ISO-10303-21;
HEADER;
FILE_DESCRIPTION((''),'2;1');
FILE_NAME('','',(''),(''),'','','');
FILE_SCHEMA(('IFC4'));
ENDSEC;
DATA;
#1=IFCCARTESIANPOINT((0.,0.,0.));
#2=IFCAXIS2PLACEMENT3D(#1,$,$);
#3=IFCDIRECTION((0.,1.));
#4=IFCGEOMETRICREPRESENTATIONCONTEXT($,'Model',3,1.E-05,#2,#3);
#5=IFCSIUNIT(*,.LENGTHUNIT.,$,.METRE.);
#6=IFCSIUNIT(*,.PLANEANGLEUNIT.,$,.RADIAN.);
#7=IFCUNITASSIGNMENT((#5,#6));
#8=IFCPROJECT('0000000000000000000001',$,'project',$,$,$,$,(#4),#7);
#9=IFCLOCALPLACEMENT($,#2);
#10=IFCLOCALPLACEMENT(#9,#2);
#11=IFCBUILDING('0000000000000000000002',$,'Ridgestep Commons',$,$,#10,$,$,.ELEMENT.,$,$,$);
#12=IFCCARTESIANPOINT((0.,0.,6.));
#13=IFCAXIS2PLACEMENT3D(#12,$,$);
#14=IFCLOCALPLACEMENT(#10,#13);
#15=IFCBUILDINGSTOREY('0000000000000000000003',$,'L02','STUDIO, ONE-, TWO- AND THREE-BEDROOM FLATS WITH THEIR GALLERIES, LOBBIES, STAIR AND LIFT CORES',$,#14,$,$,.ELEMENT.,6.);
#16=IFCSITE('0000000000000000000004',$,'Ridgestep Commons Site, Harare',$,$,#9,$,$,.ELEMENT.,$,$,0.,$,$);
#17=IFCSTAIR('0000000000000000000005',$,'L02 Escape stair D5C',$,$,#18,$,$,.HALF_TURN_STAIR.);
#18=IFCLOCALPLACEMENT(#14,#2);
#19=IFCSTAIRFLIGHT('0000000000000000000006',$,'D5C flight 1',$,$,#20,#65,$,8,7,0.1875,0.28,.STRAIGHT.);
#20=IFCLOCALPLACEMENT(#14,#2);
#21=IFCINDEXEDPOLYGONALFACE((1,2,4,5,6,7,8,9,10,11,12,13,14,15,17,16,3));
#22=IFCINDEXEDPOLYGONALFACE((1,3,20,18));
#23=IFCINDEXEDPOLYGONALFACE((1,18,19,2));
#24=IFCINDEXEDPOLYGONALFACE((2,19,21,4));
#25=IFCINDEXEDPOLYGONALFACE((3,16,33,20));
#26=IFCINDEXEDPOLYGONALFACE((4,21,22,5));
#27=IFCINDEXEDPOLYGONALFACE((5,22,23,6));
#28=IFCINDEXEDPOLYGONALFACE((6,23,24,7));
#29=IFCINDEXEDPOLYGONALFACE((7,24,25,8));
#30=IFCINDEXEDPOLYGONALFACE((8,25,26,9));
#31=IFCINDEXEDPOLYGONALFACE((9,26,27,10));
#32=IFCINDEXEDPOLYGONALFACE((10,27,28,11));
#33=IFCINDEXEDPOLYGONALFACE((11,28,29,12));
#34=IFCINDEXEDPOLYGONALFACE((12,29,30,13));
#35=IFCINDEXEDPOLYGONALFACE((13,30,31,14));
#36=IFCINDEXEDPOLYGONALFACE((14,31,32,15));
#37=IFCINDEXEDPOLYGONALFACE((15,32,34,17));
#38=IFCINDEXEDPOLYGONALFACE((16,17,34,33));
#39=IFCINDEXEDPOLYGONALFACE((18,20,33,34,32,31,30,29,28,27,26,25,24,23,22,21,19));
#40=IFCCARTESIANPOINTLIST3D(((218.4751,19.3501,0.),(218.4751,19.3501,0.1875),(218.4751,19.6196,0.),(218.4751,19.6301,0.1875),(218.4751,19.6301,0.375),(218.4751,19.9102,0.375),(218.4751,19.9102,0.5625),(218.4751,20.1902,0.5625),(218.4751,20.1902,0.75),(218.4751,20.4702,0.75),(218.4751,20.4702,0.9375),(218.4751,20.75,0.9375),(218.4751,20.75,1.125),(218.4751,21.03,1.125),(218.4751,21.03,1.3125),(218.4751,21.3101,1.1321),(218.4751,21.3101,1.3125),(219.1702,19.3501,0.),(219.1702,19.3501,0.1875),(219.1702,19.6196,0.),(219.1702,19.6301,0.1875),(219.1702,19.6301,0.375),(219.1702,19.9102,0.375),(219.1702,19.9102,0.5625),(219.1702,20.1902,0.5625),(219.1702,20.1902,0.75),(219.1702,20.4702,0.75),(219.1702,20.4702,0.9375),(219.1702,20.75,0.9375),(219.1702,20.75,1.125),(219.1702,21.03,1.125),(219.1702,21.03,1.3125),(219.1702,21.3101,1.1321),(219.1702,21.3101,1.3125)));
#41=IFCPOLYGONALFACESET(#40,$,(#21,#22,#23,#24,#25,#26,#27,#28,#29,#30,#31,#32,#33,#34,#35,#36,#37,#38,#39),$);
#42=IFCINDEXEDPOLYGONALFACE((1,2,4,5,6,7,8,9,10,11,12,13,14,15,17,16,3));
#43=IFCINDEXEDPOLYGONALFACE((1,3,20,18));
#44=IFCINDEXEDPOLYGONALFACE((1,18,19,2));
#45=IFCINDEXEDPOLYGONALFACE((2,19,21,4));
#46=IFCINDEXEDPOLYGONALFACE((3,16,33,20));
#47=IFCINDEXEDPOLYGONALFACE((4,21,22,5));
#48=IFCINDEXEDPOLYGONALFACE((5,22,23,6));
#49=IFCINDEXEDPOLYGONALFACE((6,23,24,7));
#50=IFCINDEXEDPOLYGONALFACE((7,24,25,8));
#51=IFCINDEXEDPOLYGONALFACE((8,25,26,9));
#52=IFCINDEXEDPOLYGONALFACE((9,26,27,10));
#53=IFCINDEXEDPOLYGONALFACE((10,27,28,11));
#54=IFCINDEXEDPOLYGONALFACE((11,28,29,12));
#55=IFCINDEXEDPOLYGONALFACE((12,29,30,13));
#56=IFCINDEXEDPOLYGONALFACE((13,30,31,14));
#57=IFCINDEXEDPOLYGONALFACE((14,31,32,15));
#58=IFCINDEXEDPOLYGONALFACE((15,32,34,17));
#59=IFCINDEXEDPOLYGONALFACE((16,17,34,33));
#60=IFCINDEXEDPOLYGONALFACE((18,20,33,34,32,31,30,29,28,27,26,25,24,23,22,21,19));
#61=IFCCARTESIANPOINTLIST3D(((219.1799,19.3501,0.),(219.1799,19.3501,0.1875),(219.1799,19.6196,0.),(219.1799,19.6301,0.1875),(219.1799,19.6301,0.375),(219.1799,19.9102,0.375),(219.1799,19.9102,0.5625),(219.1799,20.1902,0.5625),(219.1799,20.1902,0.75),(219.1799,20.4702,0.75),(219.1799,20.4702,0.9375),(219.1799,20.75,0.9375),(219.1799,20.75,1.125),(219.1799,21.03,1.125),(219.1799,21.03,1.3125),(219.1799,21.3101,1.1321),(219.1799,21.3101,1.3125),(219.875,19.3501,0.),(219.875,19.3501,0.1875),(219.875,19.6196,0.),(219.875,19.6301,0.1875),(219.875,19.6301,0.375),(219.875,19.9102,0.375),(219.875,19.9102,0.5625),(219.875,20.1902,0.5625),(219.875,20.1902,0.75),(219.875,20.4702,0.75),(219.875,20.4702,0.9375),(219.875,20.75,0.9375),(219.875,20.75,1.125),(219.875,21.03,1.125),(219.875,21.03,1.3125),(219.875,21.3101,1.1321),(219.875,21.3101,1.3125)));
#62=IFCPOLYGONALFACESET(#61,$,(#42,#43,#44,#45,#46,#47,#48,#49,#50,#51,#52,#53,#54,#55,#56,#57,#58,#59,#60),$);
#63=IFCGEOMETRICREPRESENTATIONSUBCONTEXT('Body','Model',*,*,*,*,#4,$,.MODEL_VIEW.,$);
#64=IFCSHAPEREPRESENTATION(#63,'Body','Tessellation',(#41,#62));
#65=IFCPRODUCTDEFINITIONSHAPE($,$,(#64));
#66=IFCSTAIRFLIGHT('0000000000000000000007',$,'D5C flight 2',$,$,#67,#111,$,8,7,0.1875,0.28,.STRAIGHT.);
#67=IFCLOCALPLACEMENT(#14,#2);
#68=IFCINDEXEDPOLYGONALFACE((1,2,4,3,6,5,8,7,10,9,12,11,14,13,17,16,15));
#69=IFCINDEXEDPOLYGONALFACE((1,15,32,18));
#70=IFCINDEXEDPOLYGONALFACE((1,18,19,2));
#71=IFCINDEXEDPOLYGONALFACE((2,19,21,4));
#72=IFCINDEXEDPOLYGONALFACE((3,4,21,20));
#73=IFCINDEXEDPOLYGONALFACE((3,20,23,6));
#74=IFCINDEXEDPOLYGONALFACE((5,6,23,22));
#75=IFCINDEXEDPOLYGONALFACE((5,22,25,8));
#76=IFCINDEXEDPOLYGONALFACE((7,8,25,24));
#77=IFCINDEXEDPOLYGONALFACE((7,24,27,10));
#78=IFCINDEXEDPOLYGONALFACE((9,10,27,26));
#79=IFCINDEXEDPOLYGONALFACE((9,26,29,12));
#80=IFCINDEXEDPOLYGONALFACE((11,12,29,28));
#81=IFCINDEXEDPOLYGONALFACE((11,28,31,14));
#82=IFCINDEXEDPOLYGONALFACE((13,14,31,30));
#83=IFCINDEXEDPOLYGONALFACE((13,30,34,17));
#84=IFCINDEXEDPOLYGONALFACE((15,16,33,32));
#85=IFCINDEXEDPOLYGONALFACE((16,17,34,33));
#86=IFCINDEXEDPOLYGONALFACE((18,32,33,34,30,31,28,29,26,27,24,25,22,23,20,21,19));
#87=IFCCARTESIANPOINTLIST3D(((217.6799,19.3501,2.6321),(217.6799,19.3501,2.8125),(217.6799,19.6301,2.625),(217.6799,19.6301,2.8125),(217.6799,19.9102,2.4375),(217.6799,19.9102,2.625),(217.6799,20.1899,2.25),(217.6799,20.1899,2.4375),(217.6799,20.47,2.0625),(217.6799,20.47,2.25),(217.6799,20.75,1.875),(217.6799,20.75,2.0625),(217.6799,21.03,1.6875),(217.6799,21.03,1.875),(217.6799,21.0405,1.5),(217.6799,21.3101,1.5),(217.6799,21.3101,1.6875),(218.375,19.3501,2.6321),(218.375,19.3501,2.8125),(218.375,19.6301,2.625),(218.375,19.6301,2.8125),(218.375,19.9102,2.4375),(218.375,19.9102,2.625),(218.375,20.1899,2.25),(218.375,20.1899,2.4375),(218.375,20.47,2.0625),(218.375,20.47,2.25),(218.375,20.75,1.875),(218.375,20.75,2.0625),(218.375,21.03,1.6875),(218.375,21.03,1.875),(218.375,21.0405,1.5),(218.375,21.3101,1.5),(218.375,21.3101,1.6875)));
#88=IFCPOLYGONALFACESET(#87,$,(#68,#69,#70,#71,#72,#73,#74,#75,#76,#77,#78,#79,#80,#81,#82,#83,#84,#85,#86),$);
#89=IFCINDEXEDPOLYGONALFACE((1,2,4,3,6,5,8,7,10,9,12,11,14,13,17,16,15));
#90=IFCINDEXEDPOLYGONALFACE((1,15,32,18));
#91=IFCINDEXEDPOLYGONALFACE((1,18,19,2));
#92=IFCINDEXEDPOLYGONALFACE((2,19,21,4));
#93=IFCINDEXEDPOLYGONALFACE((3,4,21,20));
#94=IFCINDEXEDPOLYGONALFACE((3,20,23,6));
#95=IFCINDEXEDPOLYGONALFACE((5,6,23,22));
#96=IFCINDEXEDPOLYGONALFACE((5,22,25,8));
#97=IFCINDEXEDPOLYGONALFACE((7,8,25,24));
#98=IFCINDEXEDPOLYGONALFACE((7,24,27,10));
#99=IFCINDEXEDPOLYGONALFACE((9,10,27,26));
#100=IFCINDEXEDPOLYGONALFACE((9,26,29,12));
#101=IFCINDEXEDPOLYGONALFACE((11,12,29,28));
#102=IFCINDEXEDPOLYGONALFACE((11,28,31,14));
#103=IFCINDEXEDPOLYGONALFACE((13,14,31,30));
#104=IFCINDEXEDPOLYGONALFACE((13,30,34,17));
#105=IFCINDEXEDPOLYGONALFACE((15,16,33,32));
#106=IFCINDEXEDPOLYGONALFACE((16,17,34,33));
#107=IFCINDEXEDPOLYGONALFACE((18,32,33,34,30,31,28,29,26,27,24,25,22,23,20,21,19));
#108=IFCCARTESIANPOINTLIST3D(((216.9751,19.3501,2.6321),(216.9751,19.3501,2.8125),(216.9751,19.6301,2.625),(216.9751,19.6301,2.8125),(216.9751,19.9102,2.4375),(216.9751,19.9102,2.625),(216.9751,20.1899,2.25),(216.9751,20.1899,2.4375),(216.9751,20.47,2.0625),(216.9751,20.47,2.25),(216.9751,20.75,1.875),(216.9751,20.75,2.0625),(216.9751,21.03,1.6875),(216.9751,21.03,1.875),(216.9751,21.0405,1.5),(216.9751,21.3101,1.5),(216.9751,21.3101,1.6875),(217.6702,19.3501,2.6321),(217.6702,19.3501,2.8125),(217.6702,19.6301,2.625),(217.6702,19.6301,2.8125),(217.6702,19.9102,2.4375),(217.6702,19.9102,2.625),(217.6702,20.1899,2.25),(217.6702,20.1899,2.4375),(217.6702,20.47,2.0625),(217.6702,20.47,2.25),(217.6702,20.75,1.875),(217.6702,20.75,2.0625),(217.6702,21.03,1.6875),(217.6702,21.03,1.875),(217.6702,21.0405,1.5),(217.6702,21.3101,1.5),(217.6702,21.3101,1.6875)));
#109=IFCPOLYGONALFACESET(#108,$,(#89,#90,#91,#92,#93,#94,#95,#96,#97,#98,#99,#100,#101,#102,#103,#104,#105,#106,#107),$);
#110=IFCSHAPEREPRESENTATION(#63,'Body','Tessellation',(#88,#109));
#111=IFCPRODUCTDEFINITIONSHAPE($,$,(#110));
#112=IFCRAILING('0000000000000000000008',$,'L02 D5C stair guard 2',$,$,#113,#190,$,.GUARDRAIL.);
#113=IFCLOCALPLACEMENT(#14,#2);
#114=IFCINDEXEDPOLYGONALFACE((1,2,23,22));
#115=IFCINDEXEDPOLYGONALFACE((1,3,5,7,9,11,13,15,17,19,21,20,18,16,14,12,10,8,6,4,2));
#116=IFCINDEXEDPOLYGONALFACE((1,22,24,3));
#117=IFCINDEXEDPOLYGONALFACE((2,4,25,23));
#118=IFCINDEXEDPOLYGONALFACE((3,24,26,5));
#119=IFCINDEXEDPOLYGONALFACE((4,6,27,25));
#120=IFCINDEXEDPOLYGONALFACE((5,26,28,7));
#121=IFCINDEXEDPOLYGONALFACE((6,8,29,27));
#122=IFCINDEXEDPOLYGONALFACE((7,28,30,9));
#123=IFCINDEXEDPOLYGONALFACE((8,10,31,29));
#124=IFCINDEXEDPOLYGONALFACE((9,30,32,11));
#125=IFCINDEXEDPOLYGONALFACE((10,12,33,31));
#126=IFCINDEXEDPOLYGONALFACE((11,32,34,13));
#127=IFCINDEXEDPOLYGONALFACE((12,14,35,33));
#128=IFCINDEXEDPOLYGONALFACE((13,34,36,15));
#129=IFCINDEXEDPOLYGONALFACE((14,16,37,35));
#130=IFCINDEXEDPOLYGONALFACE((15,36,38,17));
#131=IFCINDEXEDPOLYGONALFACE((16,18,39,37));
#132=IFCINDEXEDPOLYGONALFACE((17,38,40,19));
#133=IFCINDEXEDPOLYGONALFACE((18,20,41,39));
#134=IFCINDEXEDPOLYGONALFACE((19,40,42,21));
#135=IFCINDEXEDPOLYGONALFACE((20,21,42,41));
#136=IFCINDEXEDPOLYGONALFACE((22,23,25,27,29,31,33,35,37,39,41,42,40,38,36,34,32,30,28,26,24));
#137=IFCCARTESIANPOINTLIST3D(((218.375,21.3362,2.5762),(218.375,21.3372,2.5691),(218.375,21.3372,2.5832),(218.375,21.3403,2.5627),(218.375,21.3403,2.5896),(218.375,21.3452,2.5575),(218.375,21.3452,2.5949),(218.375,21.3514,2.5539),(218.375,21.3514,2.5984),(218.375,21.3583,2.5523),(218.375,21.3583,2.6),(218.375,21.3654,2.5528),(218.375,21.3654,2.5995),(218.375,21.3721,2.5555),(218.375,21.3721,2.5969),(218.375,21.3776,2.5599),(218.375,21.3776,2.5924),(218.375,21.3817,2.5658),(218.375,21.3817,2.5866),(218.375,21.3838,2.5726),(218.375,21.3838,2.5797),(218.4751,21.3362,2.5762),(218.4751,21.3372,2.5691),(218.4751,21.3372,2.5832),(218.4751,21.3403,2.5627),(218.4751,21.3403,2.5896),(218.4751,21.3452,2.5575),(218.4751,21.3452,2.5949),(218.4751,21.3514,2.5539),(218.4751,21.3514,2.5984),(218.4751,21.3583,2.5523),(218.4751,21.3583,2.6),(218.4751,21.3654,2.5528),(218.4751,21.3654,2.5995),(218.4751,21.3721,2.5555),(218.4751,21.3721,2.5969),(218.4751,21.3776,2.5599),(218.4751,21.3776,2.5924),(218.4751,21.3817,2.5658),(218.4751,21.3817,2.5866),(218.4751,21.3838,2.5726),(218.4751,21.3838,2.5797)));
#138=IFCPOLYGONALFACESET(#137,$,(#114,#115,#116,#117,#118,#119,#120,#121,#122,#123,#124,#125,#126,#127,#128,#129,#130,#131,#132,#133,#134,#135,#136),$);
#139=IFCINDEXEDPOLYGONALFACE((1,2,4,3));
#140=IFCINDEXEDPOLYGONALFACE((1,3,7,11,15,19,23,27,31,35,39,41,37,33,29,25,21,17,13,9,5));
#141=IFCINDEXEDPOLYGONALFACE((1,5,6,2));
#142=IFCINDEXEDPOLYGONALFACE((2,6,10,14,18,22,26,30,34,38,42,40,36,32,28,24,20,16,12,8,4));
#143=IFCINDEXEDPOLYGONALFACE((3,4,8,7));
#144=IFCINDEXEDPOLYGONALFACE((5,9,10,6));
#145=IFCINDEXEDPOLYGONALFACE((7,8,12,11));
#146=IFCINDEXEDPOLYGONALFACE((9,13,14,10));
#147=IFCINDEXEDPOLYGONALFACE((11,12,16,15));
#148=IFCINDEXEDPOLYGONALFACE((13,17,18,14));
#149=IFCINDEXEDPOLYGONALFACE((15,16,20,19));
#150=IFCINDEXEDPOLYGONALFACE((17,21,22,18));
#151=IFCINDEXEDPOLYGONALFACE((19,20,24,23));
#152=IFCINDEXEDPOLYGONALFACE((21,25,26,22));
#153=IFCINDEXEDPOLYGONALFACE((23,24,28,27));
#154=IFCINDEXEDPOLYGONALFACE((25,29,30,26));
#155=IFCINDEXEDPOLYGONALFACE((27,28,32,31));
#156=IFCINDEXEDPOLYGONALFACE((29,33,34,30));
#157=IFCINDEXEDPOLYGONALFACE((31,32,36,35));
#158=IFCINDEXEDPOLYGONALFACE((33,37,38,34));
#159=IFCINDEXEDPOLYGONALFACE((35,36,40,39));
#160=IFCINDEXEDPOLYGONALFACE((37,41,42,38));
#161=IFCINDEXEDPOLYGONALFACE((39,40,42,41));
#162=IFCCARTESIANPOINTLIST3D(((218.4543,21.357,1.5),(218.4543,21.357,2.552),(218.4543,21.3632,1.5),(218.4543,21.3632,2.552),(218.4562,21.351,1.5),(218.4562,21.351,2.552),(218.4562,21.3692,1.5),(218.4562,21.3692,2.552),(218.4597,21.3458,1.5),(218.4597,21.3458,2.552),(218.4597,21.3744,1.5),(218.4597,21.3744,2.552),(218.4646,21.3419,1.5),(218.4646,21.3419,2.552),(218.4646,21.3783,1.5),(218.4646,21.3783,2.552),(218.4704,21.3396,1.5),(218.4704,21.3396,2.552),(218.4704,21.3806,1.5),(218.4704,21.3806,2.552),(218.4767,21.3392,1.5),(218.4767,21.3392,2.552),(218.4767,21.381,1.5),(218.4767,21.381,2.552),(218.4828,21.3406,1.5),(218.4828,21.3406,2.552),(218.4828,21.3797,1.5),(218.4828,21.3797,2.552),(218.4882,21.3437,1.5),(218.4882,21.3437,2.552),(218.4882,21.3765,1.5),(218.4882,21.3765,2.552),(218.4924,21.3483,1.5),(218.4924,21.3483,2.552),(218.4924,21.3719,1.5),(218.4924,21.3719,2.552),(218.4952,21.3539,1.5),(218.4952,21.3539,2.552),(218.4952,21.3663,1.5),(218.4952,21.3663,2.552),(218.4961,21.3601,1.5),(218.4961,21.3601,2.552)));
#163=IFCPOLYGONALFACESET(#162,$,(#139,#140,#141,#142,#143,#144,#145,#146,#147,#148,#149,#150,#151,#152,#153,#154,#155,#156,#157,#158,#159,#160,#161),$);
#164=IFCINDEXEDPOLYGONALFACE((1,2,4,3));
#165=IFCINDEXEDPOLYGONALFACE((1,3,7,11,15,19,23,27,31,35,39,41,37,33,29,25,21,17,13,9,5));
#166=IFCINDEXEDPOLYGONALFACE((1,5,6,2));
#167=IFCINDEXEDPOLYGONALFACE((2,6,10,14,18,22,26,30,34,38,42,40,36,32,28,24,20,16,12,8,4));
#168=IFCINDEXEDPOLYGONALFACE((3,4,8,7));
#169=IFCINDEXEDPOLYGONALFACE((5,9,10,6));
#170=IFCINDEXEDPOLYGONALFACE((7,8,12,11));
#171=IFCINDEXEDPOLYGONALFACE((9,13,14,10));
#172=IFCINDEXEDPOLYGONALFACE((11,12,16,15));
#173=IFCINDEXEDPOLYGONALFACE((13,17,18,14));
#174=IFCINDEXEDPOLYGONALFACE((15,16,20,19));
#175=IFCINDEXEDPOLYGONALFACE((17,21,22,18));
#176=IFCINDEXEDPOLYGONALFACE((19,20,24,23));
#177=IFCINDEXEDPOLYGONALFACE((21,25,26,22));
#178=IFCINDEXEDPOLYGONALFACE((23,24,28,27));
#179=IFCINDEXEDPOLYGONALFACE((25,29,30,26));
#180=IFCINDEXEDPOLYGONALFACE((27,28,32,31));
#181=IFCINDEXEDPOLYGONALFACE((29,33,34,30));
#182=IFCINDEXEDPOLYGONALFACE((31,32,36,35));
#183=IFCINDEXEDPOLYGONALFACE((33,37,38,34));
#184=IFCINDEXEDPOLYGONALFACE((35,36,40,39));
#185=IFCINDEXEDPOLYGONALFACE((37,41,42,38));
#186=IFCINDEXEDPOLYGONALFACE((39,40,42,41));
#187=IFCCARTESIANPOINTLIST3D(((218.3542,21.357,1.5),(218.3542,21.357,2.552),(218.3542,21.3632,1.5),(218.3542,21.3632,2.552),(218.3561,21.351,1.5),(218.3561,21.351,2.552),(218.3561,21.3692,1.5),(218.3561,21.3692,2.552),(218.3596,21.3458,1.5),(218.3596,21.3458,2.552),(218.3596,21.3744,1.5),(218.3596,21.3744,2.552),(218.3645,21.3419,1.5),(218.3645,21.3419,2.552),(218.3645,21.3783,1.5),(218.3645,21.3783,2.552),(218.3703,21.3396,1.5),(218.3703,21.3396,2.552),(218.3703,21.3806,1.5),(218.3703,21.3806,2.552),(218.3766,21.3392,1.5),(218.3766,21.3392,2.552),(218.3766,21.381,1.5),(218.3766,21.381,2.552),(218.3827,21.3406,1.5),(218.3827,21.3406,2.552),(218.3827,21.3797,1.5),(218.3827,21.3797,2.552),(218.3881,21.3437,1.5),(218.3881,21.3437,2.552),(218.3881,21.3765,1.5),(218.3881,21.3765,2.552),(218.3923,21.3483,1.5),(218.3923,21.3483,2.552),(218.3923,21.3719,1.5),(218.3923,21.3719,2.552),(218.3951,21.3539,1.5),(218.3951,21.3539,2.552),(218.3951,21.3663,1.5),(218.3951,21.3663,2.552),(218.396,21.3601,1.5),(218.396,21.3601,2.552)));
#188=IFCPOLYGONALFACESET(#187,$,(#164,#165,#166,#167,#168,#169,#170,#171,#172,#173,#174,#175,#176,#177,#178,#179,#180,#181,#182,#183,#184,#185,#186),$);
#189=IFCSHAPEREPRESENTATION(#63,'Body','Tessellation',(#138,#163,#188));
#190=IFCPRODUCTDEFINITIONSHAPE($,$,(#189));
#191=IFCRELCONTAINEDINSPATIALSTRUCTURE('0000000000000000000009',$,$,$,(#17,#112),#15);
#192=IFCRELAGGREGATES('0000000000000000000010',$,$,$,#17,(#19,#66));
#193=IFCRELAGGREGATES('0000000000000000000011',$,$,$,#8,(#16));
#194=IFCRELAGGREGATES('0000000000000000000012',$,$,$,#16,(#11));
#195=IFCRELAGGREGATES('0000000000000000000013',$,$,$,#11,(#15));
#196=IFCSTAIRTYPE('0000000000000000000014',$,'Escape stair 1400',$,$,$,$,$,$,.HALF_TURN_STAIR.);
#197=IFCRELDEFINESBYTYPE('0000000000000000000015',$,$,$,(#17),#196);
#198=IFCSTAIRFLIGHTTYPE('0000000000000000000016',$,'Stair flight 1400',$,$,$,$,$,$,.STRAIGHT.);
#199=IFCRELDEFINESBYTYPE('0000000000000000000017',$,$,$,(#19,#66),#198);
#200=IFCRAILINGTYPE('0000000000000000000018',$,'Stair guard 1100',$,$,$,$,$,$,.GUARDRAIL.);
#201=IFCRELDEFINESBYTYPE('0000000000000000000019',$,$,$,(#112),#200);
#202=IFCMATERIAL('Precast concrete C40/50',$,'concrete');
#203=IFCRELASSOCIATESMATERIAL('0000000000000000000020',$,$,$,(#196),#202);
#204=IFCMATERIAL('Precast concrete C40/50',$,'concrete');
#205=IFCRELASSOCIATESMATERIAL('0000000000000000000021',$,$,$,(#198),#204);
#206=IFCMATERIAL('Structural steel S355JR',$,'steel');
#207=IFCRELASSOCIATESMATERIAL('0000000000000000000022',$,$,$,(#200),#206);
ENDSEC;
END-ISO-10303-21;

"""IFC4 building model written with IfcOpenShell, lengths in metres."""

from ifc_helpers import new_model, si_unit, direction, frame, origin, origin_2d, place, context, subcontext, project, spatial, polyline, circle, outline, extrude, material, type_object, element, aggregate, save


model = new_model("IFC4")

# Units and contexts
model_context = context("Model", 3, precision=1e-05, world=origin(), true_north=direction((0.0, 1.0)))
body_context = subcontext(model_context, "Body", "Model", "MODEL_VIEW")
ifc_project = project(units=[si_unit("LENGTHUNIT", "METRE"), si_unit("PLANEANGLEUNIT", "RADIAN")], contexts=[model_context])

# Site, building, storey
site_placement = place(None, origin())
site = spatial("IfcSite", under=ifc_project, at=site_placement, Name="Ridgestep Commons Site, Harare", CompositionType="ELEMENT", RefElevation=0.0)
building_placement = place(site_placement, origin())
building = spatial("IfcBuilding", under=site, at=building_placement, Name="Ridgestep Commons", CompositionType="ELEMENT")
storey_placement = place(building_placement, frame((0.0, 0.0, 6.0)))
storey = spatial("IfcBuildingStorey", under=building, at=storey_placement, Name="L02", Description="STUDIO, ONE-, TWO- AND THREE-BEDROOM FLATS WITH THEIR GALLERIES, LOBBIES, STAIR AND LIFT CORES", CompositionType="ELEMENT", Elevation=6.0)

# Stair, stair flights
ifc_material_1 = material(Name="Precast concrete C40/50", Category="concrete")
stair_type = type_object("IfcStairType", Name="Escape stair 1400", PredefinedType="HALF_TURN_STAIR", material=ifc_material_1)
stair_placement = place(storey_placement, origin())
stair = element("IfcStair", 1, at=stair_placement, inside=storey, type_object=stair_type, Name="L02 Escape stair D5C", PredefinedType="HALF_TURN_STAIR")
ifc_material_2 = material(Name="Precast concrete C40/50", Category="concrete")
stair_flight_type = type_object("IfcStairFlightType", Name="Stair flight 1400", PredefinedType="STRAIGHT", material=ifc_material_2)
stair_flight_1_placement = place(storey_placement, frame((219.175, 19.3501, 0.0), z_axis=(0.0, 0.0, 1.0), x_axis=(0.0, 1.0, 0.0)))
stair_flight_1 = element("IfcStairFlight", 2, at=stair_flight_1_placement, type_object=stair_flight_type, Name="D5C flight 1", NumberOfRisers=8, NumberOfTreads=7, PredefinedType="STRAIGHT", RiserHeight=0.1875, TreadLength=0.28, context=body_context, shape_type="SweptSolid", body=[
    extrude(outline(polyline([(0.0, 0.0), (0.0, 0.1875), (0.28, 0.1875), (0.28, 0.375), (0.5601, 0.375), (0.5601, 0.5625), (0.8401, 0.5625), (0.8401, 0.75), (1.1201, 0.75), (1.1201, 0.9375), (1.3999, 0.9375), (1.3999, 1.125), (1.6799, 1.125), (1.6799, 1.3125), (1.96, 1.3125), (1.96, 1.5), (1.96, 1.1321), (0.2695, 0.0), (0.0, 0.0)])), frame((0.0, 0.7, 0.0), z_axis=(0.0, -1.0, 0.0), x_axis=(1.0, 0.0, 0.0)), (0.0, 0.0, 1.0), 0.6951),
    extrude(outline(polyline([(0.0, 0.0), (0.0, 0.1875), (0.28, 0.1875), (0.28, 0.375), (0.5601, 0.375), (0.5601, 0.5625), (0.8401, 0.5625), (0.8401, 0.75), (1.1201, 0.75), (1.1201, 0.9375), (1.3999, 0.9375), (1.3999, 1.125), (1.6799, 1.125), (1.6799, 1.3125), (1.96, 1.3125), (1.96, 1.5), (1.96, 1.1321), (0.2695, 0.0), (0.0, 0.0)])), frame((0.0, -0.0049, 0.0), z_axis=(0.0, -1.0, 0.0), x_axis=(1.0, 0.0, 0.0)), (0.0, 0.0, 1.0), 0.6951),
])
stair_flight_2_placement = place(storey_placement, frame((217.675, 21.3101, 1.5), z_axis=(0.0, 0.0, 1.0), x_axis=(0.0, -1.0, 0.0)))
stair_flight_2 = element("IfcStairFlight", 3, at=stair_flight_2_placement, type_object=stair_flight_type, Name="D5C flight 2", NumberOfRisers=8, NumberOfTreads=7, PredefinedType="STRAIGHT", RiserHeight=0.1875, TreadLength=0.28, context=body_context, shape_type="SweptSolid", body=[
    extrude(outline(polyline([(0.0, 0.0), (0.0, 0.1875), (0.28, 0.1875), (0.28, 0.375), (0.5601, 0.375), (0.5601, 0.5625), (0.8401, 0.5625), (0.8401, 0.75), (1.1201, 0.75), (1.1201, 0.9375), (1.3999, 0.9375), (1.3999, 1.125), (1.6799, 1.125), (1.6799, 1.3125), (1.96, 1.3125), (1.96, 1.5), (1.96, 1.1321), (0.2695, 0.0), (0.0, 0.0)])), frame((0.0, 0.7, 0.0), z_axis=(0.0, -1.0, 0.0), x_axis=(1.0, 0.0, 0.0)), (0.0, 0.0, 1.0), 0.6951),
    extrude(outline(polyline([(0.0, 0.0), (0.0, 0.1875), (0.28, 0.1875), (0.28, 0.375), (0.5601, 0.375), (0.5601, 0.5625), (0.8401, 0.5625), (0.8401, 0.75), (1.1201, 0.75), (1.1201, 0.9375), (1.3999, 0.9375), (1.3999, 1.125), (1.6799, 1.125), (1.6799, 1.3125), (1.96, 1.3125), (1.96, 1.5), (1.96, 1.1321), (0.2695, 0.0), (0.0, 0.0)])), frame((0.0, -0.0049, 0.0), z_axis=(0.0, -1.0, 0.0), x_axis=(1.0, 0.0, 0.0)), (0.0, 0.0, 1.0), 0.6951),
])
aggregate(stair, [stair_flight_1, stair_flight_2])

# Railing
ifc_material_3 = material(Name="Structural steel S355JR", Category="steel")
railing_type_1 = type_object("IfcRailingType", Name="Stair guard 1100", PredefinedType="GUARDRAIL", material=ifc_material_3)
railing_1_placement = place(storey_placement, frame((218.4751, 21.3601, 1.5)))
element("IfcRailing", 4, at=railing_1_placement, inside=storey, type_object=railing_type_1, Name="L02 D5C stair guard 2", PredefinedType="GUARDRAIL", context=body_context, shape_type="SweptSolid", body=[
    extrude(circle(Radius=0.0239, at=origin_2d()), frame((0.0, 0.0, 1.0762), z_axis=(-1.0, 0.0, 0.0), x_axis=(0.0, -1.0, 0.0)), (0.0, 0.0, 1.0), 0.1001),
    extrude(circle(Radius=0.021, at=origin_2d()), origin(), (0.0, 0.0, 1.0), 1.052),
    extrude(circle(Radius=0.021, at=origin_2d()), frame((-0.1001, 0.0, 0.0)), (0.0, 0.0, 1.0), 1.052),
])

save(model, "model.ifc")
